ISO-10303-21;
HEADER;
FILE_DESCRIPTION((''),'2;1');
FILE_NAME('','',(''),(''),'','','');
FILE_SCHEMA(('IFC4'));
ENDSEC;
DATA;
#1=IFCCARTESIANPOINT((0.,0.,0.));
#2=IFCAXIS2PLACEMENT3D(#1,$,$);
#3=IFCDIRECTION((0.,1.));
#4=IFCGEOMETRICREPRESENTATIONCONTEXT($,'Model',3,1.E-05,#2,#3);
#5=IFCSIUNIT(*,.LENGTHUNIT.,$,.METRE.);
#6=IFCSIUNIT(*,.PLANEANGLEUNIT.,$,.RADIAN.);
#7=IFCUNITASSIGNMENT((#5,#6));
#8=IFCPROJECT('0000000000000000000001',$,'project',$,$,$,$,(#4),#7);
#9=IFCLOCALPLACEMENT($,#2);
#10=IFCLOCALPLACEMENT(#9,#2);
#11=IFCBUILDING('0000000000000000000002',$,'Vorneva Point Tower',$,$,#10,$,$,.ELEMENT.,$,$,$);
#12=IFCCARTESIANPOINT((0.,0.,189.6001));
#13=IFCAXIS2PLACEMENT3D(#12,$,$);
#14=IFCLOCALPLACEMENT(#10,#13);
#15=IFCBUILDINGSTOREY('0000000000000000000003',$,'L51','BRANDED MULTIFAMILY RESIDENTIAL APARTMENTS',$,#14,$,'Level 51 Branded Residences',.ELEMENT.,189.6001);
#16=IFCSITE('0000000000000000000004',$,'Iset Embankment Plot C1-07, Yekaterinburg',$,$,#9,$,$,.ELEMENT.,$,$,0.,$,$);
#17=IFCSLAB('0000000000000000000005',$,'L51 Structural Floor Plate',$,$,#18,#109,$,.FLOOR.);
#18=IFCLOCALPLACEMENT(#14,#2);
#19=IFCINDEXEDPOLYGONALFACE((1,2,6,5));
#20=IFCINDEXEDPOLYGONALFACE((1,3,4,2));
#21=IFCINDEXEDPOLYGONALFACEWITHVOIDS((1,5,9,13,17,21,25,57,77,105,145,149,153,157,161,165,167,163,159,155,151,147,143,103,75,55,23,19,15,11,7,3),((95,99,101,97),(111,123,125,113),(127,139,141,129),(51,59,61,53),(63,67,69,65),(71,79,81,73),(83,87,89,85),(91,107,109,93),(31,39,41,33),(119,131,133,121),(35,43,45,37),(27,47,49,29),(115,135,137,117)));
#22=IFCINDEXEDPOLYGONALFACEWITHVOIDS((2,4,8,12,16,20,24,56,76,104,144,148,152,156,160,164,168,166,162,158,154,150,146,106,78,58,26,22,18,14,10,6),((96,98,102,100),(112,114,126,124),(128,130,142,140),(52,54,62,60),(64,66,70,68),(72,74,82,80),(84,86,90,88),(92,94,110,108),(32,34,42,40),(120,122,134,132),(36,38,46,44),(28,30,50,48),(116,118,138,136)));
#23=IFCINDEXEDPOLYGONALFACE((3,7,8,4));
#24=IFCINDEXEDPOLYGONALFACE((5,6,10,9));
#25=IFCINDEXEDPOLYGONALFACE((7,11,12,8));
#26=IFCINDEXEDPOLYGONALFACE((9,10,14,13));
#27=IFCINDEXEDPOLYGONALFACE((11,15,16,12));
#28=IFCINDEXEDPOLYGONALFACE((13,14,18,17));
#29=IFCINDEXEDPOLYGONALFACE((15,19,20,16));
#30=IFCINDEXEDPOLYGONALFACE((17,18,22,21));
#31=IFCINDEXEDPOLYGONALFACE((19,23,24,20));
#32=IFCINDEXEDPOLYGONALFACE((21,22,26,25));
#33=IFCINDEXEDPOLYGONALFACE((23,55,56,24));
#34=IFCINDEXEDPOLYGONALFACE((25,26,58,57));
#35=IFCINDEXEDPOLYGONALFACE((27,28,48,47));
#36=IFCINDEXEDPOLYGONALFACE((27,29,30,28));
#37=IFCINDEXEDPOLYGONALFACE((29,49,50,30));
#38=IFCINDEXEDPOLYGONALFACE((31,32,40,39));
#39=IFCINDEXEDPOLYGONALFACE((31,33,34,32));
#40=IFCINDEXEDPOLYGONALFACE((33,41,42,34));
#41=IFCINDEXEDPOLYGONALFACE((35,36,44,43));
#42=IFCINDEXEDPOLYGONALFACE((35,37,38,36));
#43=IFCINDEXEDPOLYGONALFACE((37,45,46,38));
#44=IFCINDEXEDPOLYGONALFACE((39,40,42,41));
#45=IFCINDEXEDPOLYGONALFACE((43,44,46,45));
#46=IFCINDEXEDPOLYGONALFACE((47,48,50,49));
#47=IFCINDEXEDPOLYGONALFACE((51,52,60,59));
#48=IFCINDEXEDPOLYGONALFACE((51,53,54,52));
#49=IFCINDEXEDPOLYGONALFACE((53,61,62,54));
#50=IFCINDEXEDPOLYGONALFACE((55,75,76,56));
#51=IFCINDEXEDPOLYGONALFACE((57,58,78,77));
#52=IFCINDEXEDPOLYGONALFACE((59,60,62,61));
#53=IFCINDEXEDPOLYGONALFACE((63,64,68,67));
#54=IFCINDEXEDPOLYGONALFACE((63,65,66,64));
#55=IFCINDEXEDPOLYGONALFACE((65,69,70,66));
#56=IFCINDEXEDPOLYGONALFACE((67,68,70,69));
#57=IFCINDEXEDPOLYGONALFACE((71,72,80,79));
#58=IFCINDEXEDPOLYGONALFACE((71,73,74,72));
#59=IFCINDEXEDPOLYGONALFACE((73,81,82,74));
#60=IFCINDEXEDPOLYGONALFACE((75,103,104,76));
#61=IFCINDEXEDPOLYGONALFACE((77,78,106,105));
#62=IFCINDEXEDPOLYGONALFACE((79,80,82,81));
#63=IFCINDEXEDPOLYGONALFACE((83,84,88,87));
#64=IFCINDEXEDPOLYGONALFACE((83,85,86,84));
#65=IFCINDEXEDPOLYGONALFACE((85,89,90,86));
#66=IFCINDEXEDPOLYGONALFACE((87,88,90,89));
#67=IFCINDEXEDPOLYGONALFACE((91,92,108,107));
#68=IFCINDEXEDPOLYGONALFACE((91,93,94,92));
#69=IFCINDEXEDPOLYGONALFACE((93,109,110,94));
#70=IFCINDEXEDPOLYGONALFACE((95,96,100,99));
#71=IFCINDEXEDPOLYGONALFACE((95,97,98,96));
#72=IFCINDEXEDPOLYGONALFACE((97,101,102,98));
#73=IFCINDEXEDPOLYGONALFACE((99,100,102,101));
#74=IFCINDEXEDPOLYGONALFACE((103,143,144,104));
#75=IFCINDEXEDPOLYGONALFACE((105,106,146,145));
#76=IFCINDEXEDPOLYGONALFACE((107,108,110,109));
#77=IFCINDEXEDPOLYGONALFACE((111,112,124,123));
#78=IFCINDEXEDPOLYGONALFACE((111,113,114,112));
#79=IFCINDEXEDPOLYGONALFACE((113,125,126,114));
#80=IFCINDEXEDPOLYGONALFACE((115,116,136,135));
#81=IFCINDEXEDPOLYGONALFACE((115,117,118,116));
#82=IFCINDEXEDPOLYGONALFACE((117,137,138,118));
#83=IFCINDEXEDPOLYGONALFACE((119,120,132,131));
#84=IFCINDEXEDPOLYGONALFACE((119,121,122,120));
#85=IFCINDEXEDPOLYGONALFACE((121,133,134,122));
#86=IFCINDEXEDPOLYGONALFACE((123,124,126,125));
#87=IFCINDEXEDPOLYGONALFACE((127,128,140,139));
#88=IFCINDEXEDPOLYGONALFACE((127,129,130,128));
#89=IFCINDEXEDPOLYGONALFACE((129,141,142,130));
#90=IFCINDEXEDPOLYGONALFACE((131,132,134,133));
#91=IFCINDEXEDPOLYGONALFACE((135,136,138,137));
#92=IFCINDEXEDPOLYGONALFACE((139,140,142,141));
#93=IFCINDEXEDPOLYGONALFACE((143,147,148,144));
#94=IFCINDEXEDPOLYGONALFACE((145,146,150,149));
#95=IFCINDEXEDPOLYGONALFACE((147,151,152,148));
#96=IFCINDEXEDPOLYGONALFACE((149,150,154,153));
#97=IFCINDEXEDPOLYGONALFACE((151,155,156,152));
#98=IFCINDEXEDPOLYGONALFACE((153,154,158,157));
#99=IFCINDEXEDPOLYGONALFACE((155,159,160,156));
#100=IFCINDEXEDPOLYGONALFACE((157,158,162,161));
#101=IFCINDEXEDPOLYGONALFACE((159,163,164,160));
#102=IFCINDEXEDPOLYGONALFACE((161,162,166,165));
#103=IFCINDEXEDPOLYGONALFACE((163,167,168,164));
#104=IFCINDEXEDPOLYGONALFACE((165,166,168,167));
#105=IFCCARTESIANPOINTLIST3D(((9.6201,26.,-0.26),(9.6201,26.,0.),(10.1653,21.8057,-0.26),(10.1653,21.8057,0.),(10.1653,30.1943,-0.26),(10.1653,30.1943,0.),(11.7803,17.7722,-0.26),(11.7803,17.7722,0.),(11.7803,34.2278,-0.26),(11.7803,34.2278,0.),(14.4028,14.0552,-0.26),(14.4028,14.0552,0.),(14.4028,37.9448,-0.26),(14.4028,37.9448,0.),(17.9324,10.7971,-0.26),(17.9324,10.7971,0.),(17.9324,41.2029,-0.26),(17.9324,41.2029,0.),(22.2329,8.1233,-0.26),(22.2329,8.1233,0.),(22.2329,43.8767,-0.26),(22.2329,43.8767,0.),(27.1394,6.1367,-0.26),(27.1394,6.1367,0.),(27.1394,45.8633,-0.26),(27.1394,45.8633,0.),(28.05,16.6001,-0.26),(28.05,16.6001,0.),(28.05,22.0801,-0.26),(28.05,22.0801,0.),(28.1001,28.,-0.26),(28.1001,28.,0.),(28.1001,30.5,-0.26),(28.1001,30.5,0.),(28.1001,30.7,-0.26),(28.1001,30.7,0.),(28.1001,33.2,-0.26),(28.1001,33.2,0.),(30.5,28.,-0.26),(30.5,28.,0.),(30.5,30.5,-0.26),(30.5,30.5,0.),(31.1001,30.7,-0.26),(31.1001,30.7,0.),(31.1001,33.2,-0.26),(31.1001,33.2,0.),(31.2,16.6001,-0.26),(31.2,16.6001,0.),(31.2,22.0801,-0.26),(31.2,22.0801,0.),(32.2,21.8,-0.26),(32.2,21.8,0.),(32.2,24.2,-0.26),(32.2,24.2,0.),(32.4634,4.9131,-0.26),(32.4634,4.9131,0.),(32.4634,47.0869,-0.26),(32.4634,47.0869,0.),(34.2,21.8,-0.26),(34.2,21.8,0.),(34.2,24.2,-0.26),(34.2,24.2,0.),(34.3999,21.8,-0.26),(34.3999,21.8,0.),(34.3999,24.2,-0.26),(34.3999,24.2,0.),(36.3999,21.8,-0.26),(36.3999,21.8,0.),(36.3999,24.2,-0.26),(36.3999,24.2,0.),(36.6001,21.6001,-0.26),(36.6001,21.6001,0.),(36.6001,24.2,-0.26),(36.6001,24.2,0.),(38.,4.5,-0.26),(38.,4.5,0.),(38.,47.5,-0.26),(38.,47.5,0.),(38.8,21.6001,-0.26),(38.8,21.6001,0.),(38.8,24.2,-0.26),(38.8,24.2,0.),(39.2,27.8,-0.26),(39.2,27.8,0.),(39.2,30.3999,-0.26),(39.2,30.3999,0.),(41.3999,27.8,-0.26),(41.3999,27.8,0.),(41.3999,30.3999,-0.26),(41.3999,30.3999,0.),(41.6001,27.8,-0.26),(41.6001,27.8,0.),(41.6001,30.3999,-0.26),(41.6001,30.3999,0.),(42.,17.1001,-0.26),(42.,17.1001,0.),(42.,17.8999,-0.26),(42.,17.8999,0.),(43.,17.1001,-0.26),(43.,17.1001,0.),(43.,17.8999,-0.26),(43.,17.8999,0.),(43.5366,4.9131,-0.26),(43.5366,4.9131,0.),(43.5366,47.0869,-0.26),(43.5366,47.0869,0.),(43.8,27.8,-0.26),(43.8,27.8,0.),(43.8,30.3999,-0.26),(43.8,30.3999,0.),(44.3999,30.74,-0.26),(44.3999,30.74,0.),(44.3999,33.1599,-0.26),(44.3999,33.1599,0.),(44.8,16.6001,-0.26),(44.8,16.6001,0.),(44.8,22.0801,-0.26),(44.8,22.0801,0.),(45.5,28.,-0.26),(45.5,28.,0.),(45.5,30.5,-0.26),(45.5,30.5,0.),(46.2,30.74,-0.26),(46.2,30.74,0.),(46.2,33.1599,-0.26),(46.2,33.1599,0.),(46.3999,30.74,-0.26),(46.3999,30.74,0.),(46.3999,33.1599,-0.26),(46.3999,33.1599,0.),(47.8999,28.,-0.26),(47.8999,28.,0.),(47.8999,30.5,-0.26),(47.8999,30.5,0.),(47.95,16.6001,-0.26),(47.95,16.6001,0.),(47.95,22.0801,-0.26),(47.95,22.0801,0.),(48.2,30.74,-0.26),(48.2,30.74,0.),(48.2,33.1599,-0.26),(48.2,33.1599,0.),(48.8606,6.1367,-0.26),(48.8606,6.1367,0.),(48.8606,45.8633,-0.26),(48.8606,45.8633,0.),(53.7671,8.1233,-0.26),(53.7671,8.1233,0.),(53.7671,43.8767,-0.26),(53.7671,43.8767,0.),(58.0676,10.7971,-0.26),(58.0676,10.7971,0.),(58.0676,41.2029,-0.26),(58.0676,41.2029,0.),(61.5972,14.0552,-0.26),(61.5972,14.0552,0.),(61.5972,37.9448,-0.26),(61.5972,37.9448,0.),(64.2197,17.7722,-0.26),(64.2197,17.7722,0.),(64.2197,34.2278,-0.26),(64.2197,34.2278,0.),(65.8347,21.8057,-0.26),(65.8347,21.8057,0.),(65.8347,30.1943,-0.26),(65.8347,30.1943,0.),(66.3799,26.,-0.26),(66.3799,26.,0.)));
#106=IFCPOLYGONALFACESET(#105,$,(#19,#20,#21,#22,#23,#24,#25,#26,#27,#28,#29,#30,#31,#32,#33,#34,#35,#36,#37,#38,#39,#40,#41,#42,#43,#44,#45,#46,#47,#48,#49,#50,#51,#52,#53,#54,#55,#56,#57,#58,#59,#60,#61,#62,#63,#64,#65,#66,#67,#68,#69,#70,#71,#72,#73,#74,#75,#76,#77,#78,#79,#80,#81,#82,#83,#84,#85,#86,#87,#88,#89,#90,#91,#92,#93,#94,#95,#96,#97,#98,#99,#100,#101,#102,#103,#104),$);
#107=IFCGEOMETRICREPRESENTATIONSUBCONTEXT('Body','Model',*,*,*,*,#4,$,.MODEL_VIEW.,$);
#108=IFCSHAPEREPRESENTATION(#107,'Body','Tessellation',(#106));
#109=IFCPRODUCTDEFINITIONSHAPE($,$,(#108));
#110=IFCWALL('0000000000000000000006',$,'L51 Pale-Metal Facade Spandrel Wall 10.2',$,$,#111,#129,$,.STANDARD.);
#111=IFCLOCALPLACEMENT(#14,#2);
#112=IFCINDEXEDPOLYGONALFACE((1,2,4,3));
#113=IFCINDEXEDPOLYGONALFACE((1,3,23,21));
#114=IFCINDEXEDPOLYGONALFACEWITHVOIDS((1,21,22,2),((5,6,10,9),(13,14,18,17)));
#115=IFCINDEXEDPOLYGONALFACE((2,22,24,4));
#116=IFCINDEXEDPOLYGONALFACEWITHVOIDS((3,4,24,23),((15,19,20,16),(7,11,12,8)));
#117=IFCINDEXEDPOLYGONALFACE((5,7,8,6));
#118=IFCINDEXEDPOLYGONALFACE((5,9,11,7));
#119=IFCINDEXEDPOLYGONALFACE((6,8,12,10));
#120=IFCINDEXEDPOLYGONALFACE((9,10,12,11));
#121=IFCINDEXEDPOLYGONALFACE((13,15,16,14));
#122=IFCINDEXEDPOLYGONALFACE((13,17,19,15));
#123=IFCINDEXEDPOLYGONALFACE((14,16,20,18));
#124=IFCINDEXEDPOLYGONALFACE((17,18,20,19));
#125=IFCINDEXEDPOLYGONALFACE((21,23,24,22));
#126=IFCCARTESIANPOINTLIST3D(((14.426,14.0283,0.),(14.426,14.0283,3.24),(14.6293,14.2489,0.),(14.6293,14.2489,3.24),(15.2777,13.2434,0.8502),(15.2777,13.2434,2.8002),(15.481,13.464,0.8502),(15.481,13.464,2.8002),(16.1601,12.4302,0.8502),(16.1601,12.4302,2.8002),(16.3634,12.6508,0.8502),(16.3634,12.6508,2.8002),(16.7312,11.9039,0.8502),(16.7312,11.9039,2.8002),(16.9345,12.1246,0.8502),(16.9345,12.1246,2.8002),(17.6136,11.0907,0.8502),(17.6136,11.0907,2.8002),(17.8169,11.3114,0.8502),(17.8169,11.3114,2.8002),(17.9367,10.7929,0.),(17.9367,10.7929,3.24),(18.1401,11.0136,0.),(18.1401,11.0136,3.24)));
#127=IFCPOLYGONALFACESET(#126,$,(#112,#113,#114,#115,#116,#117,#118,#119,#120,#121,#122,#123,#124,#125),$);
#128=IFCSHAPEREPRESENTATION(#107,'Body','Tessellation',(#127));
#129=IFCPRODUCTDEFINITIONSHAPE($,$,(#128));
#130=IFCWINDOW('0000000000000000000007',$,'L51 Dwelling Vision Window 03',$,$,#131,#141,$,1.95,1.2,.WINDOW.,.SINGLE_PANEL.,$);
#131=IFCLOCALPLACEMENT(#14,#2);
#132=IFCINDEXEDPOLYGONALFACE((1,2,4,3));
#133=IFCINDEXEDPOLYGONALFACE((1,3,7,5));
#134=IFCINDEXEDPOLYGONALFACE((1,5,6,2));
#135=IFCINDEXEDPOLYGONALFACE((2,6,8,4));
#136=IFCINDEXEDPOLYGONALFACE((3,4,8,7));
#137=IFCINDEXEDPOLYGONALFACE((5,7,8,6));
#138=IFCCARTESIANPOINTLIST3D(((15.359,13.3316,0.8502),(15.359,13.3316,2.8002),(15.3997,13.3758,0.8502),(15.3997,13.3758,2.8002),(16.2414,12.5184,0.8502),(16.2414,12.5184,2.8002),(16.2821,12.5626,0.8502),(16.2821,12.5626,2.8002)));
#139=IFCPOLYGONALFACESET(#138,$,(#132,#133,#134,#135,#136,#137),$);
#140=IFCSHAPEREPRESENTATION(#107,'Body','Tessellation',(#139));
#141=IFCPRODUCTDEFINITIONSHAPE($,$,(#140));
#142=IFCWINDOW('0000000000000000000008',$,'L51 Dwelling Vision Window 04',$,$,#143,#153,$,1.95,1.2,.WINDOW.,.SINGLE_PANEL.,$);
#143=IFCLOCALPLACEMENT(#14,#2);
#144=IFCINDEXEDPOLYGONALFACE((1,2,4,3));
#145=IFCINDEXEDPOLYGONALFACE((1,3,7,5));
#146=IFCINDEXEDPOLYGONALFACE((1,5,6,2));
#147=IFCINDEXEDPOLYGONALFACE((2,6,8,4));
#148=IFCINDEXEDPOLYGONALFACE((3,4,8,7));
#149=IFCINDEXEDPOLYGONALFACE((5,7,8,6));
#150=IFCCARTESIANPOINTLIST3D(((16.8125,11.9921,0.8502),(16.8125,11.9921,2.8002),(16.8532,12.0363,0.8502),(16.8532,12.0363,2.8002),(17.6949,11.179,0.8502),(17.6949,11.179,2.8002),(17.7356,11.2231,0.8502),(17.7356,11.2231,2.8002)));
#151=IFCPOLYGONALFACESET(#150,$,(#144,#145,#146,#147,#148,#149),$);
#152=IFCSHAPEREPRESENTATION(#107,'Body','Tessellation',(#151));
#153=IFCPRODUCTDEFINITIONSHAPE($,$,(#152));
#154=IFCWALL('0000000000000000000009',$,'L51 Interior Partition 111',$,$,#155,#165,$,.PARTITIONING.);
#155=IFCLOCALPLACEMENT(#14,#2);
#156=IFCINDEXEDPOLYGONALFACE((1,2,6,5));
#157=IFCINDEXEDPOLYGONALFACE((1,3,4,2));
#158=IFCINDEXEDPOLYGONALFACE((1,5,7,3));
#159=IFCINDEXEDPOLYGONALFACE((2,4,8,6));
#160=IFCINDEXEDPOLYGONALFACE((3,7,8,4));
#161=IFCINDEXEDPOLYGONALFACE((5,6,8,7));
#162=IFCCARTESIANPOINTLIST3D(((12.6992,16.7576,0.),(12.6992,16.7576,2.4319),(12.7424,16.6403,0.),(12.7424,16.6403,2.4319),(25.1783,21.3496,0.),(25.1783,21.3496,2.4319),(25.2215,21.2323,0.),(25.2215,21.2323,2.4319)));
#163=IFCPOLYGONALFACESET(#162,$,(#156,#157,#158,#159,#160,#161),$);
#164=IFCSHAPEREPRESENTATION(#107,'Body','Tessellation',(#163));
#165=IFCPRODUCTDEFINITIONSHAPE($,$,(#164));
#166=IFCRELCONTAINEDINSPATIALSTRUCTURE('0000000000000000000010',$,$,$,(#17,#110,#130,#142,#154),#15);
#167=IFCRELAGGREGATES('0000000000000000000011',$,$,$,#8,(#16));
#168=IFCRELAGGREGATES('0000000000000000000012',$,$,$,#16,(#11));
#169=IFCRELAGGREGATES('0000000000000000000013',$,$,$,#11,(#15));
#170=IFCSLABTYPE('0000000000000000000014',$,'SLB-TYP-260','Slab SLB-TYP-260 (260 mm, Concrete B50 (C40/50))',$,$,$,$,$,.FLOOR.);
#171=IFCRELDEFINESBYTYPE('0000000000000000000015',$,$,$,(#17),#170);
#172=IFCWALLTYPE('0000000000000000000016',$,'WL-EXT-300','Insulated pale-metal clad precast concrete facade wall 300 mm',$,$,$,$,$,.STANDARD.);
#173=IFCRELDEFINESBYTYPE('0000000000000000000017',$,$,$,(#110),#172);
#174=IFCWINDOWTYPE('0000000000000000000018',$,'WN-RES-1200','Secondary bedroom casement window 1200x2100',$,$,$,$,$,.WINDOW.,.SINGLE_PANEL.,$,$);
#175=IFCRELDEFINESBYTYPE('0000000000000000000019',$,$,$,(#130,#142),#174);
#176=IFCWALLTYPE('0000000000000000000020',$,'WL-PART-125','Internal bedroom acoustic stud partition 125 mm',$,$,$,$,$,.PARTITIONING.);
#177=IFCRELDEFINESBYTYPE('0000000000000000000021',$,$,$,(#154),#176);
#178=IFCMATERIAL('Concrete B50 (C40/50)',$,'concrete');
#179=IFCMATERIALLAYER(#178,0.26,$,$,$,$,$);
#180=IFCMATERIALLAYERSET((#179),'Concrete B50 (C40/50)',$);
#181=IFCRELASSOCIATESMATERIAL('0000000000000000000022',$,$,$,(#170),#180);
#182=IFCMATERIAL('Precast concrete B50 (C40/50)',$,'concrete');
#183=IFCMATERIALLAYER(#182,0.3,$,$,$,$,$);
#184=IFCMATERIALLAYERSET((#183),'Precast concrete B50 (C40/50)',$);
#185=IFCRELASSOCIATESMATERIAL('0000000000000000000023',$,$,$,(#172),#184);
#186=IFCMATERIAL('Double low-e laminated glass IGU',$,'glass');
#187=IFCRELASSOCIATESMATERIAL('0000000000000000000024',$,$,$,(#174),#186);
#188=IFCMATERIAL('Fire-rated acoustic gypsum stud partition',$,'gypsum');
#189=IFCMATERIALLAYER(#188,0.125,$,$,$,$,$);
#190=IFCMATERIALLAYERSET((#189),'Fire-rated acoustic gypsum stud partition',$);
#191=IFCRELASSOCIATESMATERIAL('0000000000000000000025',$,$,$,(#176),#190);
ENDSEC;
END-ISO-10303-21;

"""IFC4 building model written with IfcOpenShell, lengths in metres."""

from ifc_helpers import new_model, si_unit, direction, frame, frame_2d, origin, place, context, subcontext, project, spatial, polyline, rectangle, outline, extrude, material, layer, layer_set, type_object, element, fill, save


model = new_model("IFC4")

# Units and contexts
model_context = context("Model", 3, precision=1e-05, world=origin(), true_north=direction((0.0, 1.0)))
body_context = subcontext(model_context, "Body", "Model", "MODEL_VIEW")
ifc_project = project(units=[si_unit("LENGTHUNIT", "METRE"), si_unit("PLANEANGLEUNIT", "RADIAN")], contexts=[model_context])

# Site, building, storey
site_placement = place(None, origin())
site = spatial("IfcSite", under=ifc_project, at=site_placement, Name="Iset Embankment Plot C1-07, Yekaterinburg", CompositionType="ELEMENT", RefElevation=0.0)
building_placement = place(site_placement, origin())
building = spatial("IfcBuilding", under=site, at=building_placement, Name="Vorneva Point Tower", CompositionType="ELEMENT")
storey_placement = place(building_placement, frame((0.0, 0.0, 189.6001)))
storey = spatial("IfcBuildingStorey", under=building, at=storey_placement, Name="L51", Description="BRANDED MULTIFAMILY RESIDENTIAL APARTMENTS", LongName="Level 51 Branded Residences", CompositionType="ELEMENT", Elevation=189.6001)

# Shared definitions
ifc_material_1 = material(Name="Concrete B50 (C40/50)", Category="concrete")

# Shared definitions
ifc_material_2 = material(Name="Double low-e laminated glass IGU", Category="glass")

# Slab
ifc_layer_1 = layer(ifc_material_1, 0.26)
ifc_layer_set_1 = layer_set([ifc_layer_1], Name="Concrete B50 (C40/50)")
slab_type_1 = type_object("IfcSlabType", Name="SLB-TYP-260", Description="Slab SLB-TYP-260 (260 mm, Concrete B50 (C40/50))", PredefinedType="FLOOR", material=ifc_layer_set_1)
slab_1_placement = place(storey_placement, frame((0.0, 0.0, -0.26)))
element("IfcSlab", 1, at=slab_1_placement, inside=storey, type_object=slab_type_1, Name="L51 Structural Floor Plate", PredefinedType="FLOOR", context=body_context, shape_type="SweptSolid", body=[
    extrude(outline(polyline([(66.3799, 26.0), (65.8347, 30.1943), (64.2197, 34.2278), (61.5972, 37.9448), (58.0676, 41.2029), (53.7671, 43.8767), (48.8606, 45.8633), (43.5366, 47.0869), (38.0, 47.5), (32.4634, 47.0869), (27.1394, 45.8633), (22.2329, 43.8767), (17.9324, 41.2029), (14.4028, 37.9448), (11.7803, 34.2278), (10.1653, 30.1943), (9.6201, 26.0), (10.1653, 21.8057), (11.7803, 17.7722), (14.4028, 14.0552), (17.9324, 10.7971), (22.2329, 8.1233), (27.1394, 6.1367), (32.4634, 4.9131), (38.0, 4.5), (43.5366, 4.9131), (48.8606, 6.1367), (53.7671, 8.1233), (58.0676, 10.7971), (61.5972, 14.0552), (64.2197, 17.7722), (65.8347, 21.8057), (66.3799, 26.0)]), holes=[polyline([(32.2, 21.8), (34.2, 21.8), (34.2, 24.2), (32.2, 24.2), (32.2, 21.8)]), polyline([(34.3999, 21.8), (36.3999, 21.8), (36.3999, 24.2), (34.3999, 24.2), (34.3999, 21.8)]), polyline([(36.6001, 21.6001), (38.8, 21.6001), (38.8, 24.2), (36.6001, 24.2), (36.6001, 21.6001)]), polyline([(39.2, 27.8), (41.3999, 27.8), (41.3999, 30.3999), (39.2, 30.3999), (39.2, 27.8)]), polyline([(41.6001, 27.8), (43.8, 27.8), (43.8, 30.3999), (41.6001, 30.3999), (41.6001, 27.8)]), polyline([(44.3999, 30.74), (46.2, 30.74), (46.2, 33.1599), (44.3999, 33.1599), (44.3999, 30.74)]), polyline([(46.3999, 30.74), (48.2, 30.74), (48.2, 33.1599), (46.3999, 33.1599), (46.3999, 30.74)]), polyline([(28.1001, 28.0), (30.5, 28.0), (30.5, 30.5), (28.1001, 30.5), (28.1001, 28.0)]), polyline([(45.5, 28.0), (47.8999, 28.0), (47.8999, 30.5), (45.5, 30.5), (45.5, 28.0)]), polyline([(28.1001, 30.7), (31.1001, 30.7), (31.1001, 33.2), (28.1001, 33.2), (28.1001, 30.7)]), polyline([(28.05, 16.6001), (31.2, 16.6001), (31.2, 22.0801), (28.05, 22.0801), (28.05, 16.6001)]), polyline([(44.8, 16.6001), (47.95, 16.6001), (47.95, 22.0801), (44.8, 22.0801), (44.8, 16.6001)]), polyline([(42.0, 17.1001), (43.0, 17.1001), (43.0, 17.8999), (42.0, 17.8999), (42.0, 17.1001)])]), origin(), (0.0, 0.0, 1.0), 0.26),
])

# Wall, openings, windows
ifc_material_3 = material(Name="Precast concrete B50 (C40/50)", Category="concrete")
ifc_layer_2 = layer(ifc_material_3, 0.3)
ifc_layer_set_2 = layer_set([ifc_layer_2], Name="Precast concrete B50 (C40/50)")
wall_type_1 = type_object("IfcWallType", Name="WL-EXT-300", Description="Insulated pale-metal clad precast concrete facade wall 300 mm", PredefinedType="STANDARD", material=ifc_layer_set_2)
wall_1_placement = place(storey_placement, frame((14.5276, 14.1387, 0.0), z_axis=(0.0, 0.0, 1.0), x_axis=(0.73536, -0.677677, 0.0)))
wall_1 = element("IfcWall", 2, at=wall_1_placement, inside=storey, type_object=wall_type_1, Name="L51 Pale-Metal Facade Spandrel Wall 10.2", PredefinedType="STANDARD", context=body_context, shape_type="SweptSolid", body=[
    extrude(rectangle(XDim=4.7742, YDim=0.3, at=frame_2d((2.3872, 0.0))), origin(), (0.0, 0.0, 1.0), 3.24),
])
opening_1_placement = place(wall_1_placement, frame((1.1582, 0.0, 0.8501)))
opening_1 = element("IfcOpeningElement", 3, at=opening_1_placement, cuts=wall_1, PredefinedType="OPENING", context=body_context, shape_type="SweptSolid", body=[
    extrude(rectangle(XDim=1.2, YDim=1.95, at=frame_2d((0.6001, 0.9751))), frame((0.0, 0.165, 0.0), z_axis=(0.0, -1.0, 0.0), x_axis=(1.0, 0.0, 0.0)), (0.0, 0.0, 1.0), 0.3298),
])
opening_2_placement = place(wall_1_placement, frame((3.1348, 0.0, 0.8501)))
opening_2 = element("IfcOpeningElement", 4, at=opening_2_placement, cuts=wall_1, PredefinedType="OPENING", context=body_context, shape_type="SweptSolid", body=[
    extrude(rectangle(XDim=1.2, YDim=1.95, at=frame_2d((0.6001, 0.9751))), frame((0.0, 0.165, 0.0), z_axis=(0.0, -1.0, 0.0), x_axis=(1.0, 0.0, 0.0)), (0.0, 0.0, 1.0), 0.3298),
])
window_type = type_object("IfcWindowType", Name="WN-RES-1200", Description="Secondary bedroom casement window 1200x2100", PartitioningType="SINGLE_PANEL", PredefinedType="WINDOW", material=ifc_material_2)
window_1_placement = place(opening_1_placement, origin())
window_1 = element("IfcWindow", 5, at=window_1_placement, inside=storey, type_object=window_type, Name="L51 Dwelling Vision Window 03", OverallHeight=1.95, OverallWidth=1.2, PartitioningType="SINGLE_PANEL", PredefinedType="WINDOW", context=body_context, shape_type="SweptSolid", body=[
    extrude(rectangle(XDim=1.2, YDim=1.95, at=frame_2d((0.6001, 0.9751))), frame((0.0, 0.03, 0.0), z_axis=(0.0, -1.0, 0.0), x_axis=(1.0, 0.0, 0.0)), (0.0, 0.0, 1.0), 0.0601),
])
fill(opening_1, window_1)
window_2_placement = place(opening_2_placement, origin())
window_2 = element("IfcWindow", 6, at=window_2_placement, inside=storey, type_object=window_type, Name="L51 Dwelling Vision Window 04", OverallHeight=1.95, OverallWidth=1.2, PartitioningType="SINGLE_PANEL", PredefinedType="WINDOW", context=body_context, shape_type="SweptSolid", body=[
    extrude(rectangle(XDim=1.2, YDim=1.95, at=frame_2d((0.6001, 0.9751))), frame((0.0, 0.03, 0.0), z_axis=(0.0, -1.0, 0.0), x_axis=(1.0, 0.0, 0.0)), (0.0, 0.0, 1.0), 0.0601),
])
fill(opening_2, window_2)

# Wall
ifc_material_4 = material(Name="Fire-rated acoustic gypsum stud partition", Category="gypsum")
ifc_layer_3 = layer(ifc_material_4, 0.125)
ifc_layer_set_3 = layer_set([ifc_layer_3], Name="Fire-rated acoustic gypsum stud partition")
wall_type_2 = type_object("IfcWallType", Name="WL-PART-125", Description="Internal bedroom acoustic stud partition 125 mm", PredefinedType="PARTITIONING", material=ifc_layer_set_3)
wall_2_placement = place(storey_placement, frame((12.7209, 16.699, 0.0), z_axis=(0.0, 0.0, 1.0), x_axis=(0.938477, 0.345342, 0.0)))
element("IfcWall", 7, at=wall_2_placement, inside=storey, type_object=wall_type_2, Name="L51 Interior Partition 111", PredefinedType="PARTITIONING", context=body_context, shape_type="SweptSolid", body=[
    extrude(rectangle(XDim=13.2971, YDim=0.125, at=frame_2d((6.6484, 0.0))), origin(), (0.0, 0.0, 1.0), 2.4319),
])

save(model, "model.ifc")
